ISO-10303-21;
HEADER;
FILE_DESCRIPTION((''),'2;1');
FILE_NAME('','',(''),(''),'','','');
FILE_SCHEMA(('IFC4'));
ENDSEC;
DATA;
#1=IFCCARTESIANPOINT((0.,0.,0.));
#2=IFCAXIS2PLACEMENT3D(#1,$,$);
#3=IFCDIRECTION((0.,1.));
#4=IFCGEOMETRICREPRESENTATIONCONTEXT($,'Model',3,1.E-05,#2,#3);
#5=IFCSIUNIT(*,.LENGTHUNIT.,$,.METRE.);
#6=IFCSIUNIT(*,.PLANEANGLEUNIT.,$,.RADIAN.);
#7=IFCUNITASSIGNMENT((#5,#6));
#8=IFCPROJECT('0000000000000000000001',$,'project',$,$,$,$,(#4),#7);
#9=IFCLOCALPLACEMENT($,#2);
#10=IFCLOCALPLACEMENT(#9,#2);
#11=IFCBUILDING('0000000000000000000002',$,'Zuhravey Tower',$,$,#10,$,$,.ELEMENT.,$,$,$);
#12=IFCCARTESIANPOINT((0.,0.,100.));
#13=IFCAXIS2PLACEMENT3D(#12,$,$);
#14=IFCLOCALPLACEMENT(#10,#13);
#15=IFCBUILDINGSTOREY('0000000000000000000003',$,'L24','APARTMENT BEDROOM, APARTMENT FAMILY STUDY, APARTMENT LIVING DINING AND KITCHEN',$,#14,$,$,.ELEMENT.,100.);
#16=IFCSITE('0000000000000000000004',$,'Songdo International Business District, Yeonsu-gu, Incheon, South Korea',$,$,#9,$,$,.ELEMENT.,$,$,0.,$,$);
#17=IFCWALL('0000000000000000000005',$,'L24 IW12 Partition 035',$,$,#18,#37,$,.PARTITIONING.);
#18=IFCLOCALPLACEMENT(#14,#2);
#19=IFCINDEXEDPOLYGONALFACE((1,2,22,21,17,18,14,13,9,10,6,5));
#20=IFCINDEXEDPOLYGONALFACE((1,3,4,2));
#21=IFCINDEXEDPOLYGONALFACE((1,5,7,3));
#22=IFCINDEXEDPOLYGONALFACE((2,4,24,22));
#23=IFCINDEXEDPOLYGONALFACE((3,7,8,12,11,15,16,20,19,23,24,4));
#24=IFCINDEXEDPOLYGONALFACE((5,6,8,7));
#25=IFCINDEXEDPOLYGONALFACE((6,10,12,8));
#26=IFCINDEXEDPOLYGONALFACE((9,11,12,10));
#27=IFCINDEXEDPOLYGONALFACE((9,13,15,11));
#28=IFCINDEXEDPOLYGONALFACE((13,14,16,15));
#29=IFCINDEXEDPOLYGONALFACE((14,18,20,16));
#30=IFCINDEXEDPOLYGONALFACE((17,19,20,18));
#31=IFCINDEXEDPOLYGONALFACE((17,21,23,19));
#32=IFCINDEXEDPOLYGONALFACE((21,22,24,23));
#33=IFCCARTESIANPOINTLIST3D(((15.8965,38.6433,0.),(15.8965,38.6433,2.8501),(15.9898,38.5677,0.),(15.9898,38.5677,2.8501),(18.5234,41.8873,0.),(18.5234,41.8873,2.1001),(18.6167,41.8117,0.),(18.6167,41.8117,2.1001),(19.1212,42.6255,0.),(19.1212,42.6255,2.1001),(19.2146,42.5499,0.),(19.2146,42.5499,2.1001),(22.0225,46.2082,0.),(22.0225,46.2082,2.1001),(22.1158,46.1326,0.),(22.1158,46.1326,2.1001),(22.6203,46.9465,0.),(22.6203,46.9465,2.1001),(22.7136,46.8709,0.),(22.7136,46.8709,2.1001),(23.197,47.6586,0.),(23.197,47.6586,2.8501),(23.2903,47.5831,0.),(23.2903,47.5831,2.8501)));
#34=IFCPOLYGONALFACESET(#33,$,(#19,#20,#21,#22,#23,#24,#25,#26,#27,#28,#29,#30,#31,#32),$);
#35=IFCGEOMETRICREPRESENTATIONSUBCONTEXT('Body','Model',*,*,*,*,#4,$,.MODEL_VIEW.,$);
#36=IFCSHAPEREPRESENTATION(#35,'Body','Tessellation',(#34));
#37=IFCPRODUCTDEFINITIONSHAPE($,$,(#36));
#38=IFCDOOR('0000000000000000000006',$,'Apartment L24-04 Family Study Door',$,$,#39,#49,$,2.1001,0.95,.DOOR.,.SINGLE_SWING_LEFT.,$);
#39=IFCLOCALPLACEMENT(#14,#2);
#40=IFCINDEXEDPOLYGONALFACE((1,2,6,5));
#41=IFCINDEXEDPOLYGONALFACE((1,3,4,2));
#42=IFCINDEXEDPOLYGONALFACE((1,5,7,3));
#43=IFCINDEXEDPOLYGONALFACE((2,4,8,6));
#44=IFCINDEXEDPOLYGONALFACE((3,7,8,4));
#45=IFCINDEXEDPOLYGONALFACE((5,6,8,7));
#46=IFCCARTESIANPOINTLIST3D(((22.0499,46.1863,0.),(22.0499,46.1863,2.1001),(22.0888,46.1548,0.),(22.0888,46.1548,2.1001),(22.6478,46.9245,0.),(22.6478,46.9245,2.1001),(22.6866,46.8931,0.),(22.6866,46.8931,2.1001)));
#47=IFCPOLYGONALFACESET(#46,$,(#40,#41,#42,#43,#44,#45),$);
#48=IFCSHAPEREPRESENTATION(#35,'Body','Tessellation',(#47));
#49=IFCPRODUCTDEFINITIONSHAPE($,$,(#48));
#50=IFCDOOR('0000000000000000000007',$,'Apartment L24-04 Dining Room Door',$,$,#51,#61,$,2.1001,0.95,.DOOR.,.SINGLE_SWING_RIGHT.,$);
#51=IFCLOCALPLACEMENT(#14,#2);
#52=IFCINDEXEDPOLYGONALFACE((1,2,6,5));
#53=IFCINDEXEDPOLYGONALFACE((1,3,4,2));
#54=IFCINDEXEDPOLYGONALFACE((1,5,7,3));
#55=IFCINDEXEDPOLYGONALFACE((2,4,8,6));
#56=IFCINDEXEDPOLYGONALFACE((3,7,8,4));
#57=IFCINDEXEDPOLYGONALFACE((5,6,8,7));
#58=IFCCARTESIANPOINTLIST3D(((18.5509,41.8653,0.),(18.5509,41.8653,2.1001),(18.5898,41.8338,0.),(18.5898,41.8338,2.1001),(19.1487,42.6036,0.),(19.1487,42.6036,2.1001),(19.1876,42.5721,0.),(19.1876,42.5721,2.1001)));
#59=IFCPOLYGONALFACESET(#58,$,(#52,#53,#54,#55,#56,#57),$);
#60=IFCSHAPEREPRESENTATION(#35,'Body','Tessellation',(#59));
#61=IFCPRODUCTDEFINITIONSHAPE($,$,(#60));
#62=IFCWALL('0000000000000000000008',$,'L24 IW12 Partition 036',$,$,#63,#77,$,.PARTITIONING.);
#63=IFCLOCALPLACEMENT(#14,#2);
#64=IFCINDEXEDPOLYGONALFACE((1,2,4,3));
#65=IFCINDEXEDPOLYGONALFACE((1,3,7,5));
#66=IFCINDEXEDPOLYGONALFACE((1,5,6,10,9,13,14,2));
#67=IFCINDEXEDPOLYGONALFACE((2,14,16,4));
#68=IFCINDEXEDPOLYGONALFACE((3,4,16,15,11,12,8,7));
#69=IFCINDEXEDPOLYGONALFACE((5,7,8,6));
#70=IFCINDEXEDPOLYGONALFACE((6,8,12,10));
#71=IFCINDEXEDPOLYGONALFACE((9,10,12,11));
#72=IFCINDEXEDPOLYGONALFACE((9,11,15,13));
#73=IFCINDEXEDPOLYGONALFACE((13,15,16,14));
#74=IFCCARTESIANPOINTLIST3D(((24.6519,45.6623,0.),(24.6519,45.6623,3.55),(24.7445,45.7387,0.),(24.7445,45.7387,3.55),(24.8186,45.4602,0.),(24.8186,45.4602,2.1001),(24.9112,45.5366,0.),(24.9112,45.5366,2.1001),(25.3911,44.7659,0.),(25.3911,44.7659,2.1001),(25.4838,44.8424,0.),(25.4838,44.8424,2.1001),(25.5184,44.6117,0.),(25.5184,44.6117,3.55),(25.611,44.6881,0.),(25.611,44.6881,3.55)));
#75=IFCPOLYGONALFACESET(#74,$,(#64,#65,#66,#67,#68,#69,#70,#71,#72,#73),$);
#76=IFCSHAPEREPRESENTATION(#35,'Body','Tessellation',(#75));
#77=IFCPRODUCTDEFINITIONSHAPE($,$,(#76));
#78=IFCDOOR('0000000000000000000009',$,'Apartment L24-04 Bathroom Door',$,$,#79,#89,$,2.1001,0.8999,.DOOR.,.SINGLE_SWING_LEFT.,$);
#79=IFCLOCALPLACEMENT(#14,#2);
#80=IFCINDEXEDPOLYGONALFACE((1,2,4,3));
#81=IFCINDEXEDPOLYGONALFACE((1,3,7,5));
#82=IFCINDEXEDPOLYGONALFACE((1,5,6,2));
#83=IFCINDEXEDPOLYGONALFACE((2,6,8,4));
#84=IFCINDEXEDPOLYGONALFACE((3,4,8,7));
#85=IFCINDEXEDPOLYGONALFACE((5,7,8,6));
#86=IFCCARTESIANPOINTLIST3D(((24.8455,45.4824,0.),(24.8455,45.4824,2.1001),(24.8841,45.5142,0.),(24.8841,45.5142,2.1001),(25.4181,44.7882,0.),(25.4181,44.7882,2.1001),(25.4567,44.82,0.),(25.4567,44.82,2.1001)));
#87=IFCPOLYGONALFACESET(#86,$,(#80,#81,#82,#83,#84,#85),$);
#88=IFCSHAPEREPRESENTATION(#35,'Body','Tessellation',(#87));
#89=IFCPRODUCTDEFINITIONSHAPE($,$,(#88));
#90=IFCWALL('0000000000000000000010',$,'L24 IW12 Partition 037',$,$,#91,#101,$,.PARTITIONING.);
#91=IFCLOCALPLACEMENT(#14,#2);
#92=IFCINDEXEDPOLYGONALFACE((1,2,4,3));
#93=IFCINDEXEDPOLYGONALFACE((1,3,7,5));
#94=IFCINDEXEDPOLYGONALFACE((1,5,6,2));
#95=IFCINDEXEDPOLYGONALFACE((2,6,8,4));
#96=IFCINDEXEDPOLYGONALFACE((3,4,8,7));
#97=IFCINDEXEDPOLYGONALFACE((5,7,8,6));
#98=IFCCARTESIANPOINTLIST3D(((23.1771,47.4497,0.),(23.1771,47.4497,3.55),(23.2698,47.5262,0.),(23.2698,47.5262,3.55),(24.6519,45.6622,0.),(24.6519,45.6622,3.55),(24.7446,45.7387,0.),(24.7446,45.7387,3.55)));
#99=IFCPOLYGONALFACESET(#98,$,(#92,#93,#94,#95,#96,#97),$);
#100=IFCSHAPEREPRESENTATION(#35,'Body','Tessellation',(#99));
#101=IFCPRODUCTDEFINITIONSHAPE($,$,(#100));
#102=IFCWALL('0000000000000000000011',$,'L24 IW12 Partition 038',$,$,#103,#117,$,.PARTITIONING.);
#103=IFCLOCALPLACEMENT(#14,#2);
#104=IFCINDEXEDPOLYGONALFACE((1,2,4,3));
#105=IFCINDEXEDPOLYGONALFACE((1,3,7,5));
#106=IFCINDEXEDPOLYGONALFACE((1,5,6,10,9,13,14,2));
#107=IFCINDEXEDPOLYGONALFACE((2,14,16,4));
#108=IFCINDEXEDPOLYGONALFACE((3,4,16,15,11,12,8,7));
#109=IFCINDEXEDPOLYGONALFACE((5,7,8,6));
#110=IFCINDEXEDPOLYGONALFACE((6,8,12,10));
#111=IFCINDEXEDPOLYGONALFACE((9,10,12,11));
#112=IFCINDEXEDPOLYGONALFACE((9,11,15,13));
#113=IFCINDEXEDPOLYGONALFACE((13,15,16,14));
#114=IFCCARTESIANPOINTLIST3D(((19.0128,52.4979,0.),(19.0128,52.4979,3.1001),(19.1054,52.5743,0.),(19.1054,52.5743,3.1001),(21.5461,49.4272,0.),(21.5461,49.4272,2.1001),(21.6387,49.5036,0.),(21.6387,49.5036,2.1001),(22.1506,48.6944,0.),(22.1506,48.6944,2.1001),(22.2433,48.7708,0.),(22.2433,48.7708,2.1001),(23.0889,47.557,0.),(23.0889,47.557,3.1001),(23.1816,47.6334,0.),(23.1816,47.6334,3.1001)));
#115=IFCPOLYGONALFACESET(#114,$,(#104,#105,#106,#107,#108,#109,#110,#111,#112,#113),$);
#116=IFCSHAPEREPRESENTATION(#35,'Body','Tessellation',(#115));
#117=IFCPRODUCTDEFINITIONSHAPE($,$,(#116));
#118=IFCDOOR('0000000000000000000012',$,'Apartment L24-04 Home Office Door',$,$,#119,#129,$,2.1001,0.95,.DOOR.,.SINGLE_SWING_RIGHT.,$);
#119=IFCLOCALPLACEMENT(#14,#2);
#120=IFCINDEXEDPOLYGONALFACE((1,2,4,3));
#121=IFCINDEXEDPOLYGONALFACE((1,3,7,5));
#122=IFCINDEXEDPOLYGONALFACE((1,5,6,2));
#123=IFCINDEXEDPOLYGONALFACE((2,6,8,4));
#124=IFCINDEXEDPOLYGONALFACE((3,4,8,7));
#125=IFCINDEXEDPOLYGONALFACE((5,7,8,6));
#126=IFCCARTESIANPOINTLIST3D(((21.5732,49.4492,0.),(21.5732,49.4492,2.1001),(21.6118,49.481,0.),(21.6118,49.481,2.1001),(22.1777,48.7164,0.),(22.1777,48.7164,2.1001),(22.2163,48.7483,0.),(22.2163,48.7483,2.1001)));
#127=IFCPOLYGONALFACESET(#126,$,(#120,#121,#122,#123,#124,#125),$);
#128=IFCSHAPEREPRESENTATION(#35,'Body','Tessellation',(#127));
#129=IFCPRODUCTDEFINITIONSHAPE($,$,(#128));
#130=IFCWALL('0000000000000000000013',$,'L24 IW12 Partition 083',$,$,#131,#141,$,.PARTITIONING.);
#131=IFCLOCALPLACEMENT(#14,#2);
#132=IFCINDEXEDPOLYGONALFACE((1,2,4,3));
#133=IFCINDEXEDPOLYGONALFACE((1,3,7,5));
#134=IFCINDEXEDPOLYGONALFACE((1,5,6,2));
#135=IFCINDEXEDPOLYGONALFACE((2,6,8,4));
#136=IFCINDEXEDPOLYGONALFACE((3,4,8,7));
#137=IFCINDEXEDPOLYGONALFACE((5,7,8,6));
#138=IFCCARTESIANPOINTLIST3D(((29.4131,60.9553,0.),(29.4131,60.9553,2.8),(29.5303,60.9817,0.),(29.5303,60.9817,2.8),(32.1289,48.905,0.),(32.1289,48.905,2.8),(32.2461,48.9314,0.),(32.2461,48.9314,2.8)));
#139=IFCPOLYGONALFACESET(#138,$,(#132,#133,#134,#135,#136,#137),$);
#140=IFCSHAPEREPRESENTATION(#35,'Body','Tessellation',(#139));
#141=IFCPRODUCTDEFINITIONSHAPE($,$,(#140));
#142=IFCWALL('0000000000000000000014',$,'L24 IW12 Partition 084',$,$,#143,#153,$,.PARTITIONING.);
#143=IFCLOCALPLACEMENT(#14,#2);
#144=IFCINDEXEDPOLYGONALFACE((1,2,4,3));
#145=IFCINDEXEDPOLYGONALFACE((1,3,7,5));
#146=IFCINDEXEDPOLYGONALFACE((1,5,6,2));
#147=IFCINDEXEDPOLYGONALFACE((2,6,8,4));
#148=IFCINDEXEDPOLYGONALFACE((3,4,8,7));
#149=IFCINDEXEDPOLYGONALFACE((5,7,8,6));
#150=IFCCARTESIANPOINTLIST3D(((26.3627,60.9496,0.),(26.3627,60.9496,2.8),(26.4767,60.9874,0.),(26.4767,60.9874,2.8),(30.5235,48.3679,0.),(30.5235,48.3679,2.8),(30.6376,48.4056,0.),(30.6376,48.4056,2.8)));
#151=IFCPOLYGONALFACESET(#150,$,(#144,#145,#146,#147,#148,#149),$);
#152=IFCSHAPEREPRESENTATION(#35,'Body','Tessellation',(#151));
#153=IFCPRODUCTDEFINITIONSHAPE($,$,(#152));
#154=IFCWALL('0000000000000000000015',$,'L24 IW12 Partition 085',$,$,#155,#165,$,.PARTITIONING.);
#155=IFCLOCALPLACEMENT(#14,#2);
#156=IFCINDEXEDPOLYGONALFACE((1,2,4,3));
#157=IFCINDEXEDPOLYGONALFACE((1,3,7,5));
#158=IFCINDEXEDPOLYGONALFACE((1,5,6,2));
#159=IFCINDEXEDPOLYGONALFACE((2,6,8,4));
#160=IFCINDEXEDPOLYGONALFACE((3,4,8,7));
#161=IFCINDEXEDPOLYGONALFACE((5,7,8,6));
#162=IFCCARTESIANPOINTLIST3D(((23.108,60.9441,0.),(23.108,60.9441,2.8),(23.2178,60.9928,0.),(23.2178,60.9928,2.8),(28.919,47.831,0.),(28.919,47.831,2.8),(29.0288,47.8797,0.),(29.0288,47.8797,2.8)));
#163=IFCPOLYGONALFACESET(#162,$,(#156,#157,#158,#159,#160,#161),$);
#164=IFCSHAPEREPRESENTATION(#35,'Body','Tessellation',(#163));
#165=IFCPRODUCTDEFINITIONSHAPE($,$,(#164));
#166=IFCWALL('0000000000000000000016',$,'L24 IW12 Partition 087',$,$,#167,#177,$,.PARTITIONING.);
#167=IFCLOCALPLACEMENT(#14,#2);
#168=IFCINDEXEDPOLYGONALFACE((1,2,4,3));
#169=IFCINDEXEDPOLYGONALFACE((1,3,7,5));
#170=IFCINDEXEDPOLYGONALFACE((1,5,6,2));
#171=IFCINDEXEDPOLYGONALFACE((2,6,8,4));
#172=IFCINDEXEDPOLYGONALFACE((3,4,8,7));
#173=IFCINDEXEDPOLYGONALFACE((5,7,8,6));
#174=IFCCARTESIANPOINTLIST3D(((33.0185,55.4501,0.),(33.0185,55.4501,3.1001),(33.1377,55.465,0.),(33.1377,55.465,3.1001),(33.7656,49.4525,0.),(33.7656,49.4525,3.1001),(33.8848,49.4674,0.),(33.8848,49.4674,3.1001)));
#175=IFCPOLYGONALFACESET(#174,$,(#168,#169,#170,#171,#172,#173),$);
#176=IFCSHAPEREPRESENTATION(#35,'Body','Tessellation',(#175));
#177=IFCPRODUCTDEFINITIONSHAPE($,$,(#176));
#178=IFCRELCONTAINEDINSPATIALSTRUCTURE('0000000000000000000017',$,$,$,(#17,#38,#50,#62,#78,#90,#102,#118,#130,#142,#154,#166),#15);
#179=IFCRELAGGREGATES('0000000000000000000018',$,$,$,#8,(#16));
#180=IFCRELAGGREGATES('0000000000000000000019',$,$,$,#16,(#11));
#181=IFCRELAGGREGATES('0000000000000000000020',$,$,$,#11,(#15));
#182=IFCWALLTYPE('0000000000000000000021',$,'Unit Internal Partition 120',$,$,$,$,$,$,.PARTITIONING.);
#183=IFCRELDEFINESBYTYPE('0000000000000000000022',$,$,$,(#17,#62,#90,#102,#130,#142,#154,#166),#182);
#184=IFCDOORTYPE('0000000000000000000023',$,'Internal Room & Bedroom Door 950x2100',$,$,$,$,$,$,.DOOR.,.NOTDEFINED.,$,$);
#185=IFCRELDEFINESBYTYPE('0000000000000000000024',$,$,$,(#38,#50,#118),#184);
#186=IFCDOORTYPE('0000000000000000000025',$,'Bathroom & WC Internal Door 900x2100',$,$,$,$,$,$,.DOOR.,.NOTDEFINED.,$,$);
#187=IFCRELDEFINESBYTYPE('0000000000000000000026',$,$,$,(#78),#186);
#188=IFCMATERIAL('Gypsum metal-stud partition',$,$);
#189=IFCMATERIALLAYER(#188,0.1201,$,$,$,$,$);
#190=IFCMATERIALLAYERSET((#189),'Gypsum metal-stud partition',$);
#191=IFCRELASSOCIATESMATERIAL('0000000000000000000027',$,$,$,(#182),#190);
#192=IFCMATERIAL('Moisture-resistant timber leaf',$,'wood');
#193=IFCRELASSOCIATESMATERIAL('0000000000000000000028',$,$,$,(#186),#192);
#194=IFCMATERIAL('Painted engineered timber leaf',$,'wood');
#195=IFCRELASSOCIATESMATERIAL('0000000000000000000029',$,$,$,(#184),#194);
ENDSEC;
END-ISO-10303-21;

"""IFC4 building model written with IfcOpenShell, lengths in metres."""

from ifc_helpers import new_model, si_unit, direction, frame, frame_2d, origin, place, context, subcontext, project, spatial, rectangle, extrude, material, layer, layer_set, type_object, element, fill, save


model = new_model("IFC4")

# Units and contexts
model_context = context("Model", 3, precision=1e-05, world=origin(), true_north=direction((0.0, 1.0)))
body_context = subcontext(model_context, "Body", "Model", "MODEL_VIEW")
ifc_project = project(units=[si_unit("LENGTHUNIT", "METRE"), si_unit("PLANEANGLEUNIT", "RADIAN")], contexts=[model_context])

# Site, building, storey
site_placement = place(None, origin())
site = spatial("IfcSite", under=ifc_project, at=site_placement, Name="Songdo International Business District, Yeonsu-gu, Incheon, South Korea", CompositionType="ELEMENT", RefElevation=0.0)
building_placement = place(site_placement, origin())
building = spatial("IfcBuilding", under=site, at=building_placement, Name="Zuhravey Tower", CompositionType="ELEMENT")
storey_placement = place(building_placement, frame((0.0, 0.0, 100.0)))
storey = spatial("IfcBuildingStorey", under=building, at=storey_placement, Name="L24", Description="APARTMENT BEDROOM, APARTMENT FAMILY STUDY, APARTMENT LIVING DINING AND KITCHEN", CompositionType="ELEMENT", Elevation=100.0)

# Wall, openings, doors
ifc_material_1 = material(Name="Gypsum metal-stud partition")
ifc_layer = layer(ifc_material_1, 0.1201)
ifc_layer_set = layer_set([ifc_layer], Name="Gypsum metal-stud partition")
wall_type = type_object("IfcWallType", Name="Unit Internal Partition 120", PredefinedType="PARTITIONING", material=ifc_layer_set)
ifc_material_2 = material(Name="Moisture-resistant timber leaf", Category="wood")
door_type_1 = type_object("IfcDoorType", Name="Bathroom & WC Internal Door 900x2100", OperationType="NOTDEFINED", PredefinedType="DOOR", material=ifc_material_2)
ifc_material_3 = material(Name="Painted engineered timber leaf", Category="wood")
door_type_2 = type_object("IfcDoorType", Name="Internal Room & Bedroom Door 950x2100", OperationType="NOTDEFINED", PredefinedType="DOOR", material=ifc_material_3)
wall_1_placement = place(storey_placement, frame((23.2437, 47.6208, 0.0), z_axis=(0.0, 0.0, 1.0), x_axis=(-0.629322, -0.777145, 0.0)))
wall_1 = element("IfcWall", 1, at=wall_1_placement, inside=storey, type_object=wall_type, Name="L24 IW12 Partition 035", PredefinedType="PARTITIONING", context=body_context, shape_type="SweptSolid", body=[
    extrude(rectangle(XDim=11.6006, YDim=0.1201, at=frame_2d((5.8003, 0.0))), origin(), (0.0, 0.0, 1.0), 2.8501),
])
opening_1_placement = place(wall_1_placement, frame((0.9163, 0.0, 0.0)))
opening_1 = element("IfcOpeningElement", 2, at=opening_1_placement, cuts=wall_1, PredefinedType="OPENING", context=body_context, shape_type="SweptSolid", body=[
    extrude(rectangle(XDim=0.95, YDim=2.1001, at=frame_2d((0.4751, 1.05))), frame((0.0, 0.072, 0.0), z_axis=(0.0, -1.0, 0.0), x_axis=(1.0, 0.0, 0.0)), (0.0, 0.0, 1.0), 0.144),
])
opening_2_placement = place(wall_1_placement, frame((6.4763, 0.0, 0.0)))
opening_2 = element("IfcOpeningElement", 3, at=opening_2_placement, cuts=wall_1, PredefinedType="OPENING", context=body_context, shape_type="SweptSolid", body=[
    extrude(rectangle(XDim=0.95, YDim=2.1001, at=frame_2d((0.4751, 1.05))), frame((0.0, 0.072, 0.0), z_axis=(0.0, -1.0, 0.0), x_axis=(1.0, 0.0, 0.0)), (0.0, 0.0, 1.0), 0.144),
])
door_1_placement = place(opening_1_placement, frame((0.95, 0.0, 0.0), z_axis=(0.0, 0.0, 1.0), x_axis=(-1.0, 0.0, 0.0)))
door_1 = element("IfcDoor", 4, at=door_1_placement, inside=storey, type_object=door_type_2, Name="Apartment L24-04 Family Study Door", OperationType="SINGLE_SWING_LEFT", OverallHeight=2.1001, OverallWidth=0.95, PredefinedType="DOOR", context=body_context, shape_type="SweptSolid", body=[
    extrude(rectangle(XDim=0.95, YDim=2.1001, at=frame_2d((0.4751, 1.05))), frame((0.0, 0.0249, 0.0), z_axis=(0.0, -1.0, 0.0), x_axis=(1.0, 0.0, 0.0)), (0.0, 0.0, 1.0), 0.05),
])
fill(opening_1, door_1)
door_2_placement = place(opening_2_placement, frame((0.95, 0.0, 0.0), z_axis=(0.0, 0.0, 1.0), x_axis=(-1.0, 0.0, 0.0)))
door_2 = element("IfcDoor", 5, at=door_2_placement, inside=storey, type_object=door_type_2, Name="Apartment L24-04 Dining Room Door", OperationType="SINGLE_SWING_RIGHT", OverallHeight=2.1001, OverallWidth=0.95, PredefinedType="DOOR", context=body_context, shape_type="SweptSolid", body=[
    extrude(rectangle(XDim=0.95, YDim=2.1001, at=frame_2d((0.4751, 1.05))), frame((0.0, 0.0249, 0.0), z_axis=(0.0, -1.0, 0.0), x_axis=(1.0, 0.0, 0.0)), (0.0, 0.0, 1.0), 0.05),
])
fill(opening_2, door_2)

# Wall, opening, door
wall_2_placement = place(storey_placement, frame((25.5647, 44.6499, 0.0), z_axis=(0.0, 0.0, 1.0), x_axis=(-0.636279, 0.771459, 0.0)))
wall_2 = element("IfcWall", 6, at=wall_2_placement, inside=storey, type_object=wall_type, Name="L24 IW12 Partition 036", PredefinedType="PARTITIONING", context=body_context, shape_type="SweptSolid", body=[
    extrude(rectangle(XDim=1.3618, YDim=0.1201, at=frame_2d((0.6809, 0.0))), origin(), (0.0, 0.0, 1.0), 3.55),
])
opening_3_placement = place(wall_2_placement, frame((0.2, 0.0, 0.0)))
opening_3 = element("IfcOpeningElement", 7, at=opening_3_placement, cuts=wall_2, PredefinedType="OPENING", context=body_context, shape_type="SweptSolid", body=[
    extrude(rectangle(XDim=0.8999, YDim=2.1001, at=frame_2d((0.45, 1.05))), frame((0.0, 0.072, 0.0), z_axis=(0.0, -1.0, 0.0), x_axis=(1.0, 0.0, 0.0)), (0.0, 0.0, 1.0), 0.144),
])
door_3_placement = place(opening_3_placement, frame((0.8999, 0.0, 0.0), z_axis=(0.0, 0.0, 1.0), x_axis=(-1.0, 0.0, 0.0)))
door_3 = element("IfcDoor", 8, at=door_3_placement, inside=storey, type_object=door_type_1, Name="Apartment L24-04 Bathroom Door", OperationType="SINGLE_SWING_LEFT", OverallHeight=2.1001, OverallWidth=0.8999, PredefinedType="DOOR", context=body_context, shape_type="SweptSolid", body=[
    extrude(rectangle(XDim=0.8999, YDim=2.1001, at=frame_2d((0.45, 1.05))), frame((0.0, 0.0249, 0.0), z_axis=(0.0, -1.0, 0.0), x_axis=(1.0, 0.0, 0.0)), (0.0, 0.0, 1.0), 0.05),
])
fill(opening_3, door_3)

# Wall
wall_3_placement = place(storey_placement, frame((24.6982, 45.7004, 0.0), z_axis=(0.0, 0.0, 1.0), x_axis=(-0.636405, 0.771355, 0.0)))
element("IfcWall", 9, at=wall_3_placement, inside=storey, type_object=wall_type, Name="L24 IW12 Partition 037", PredefinedType="PARTITIONING", context=body_context, shape_type="SweptSolid", body=[
    extrude(rectangle(XDim=2.3174, YDim=0.1201, at=frame_2d((1.1587, 0.0))), origin(), (0.0, 0.0, 1.0), 3.55),
])

# Wall, opening, door
wall_4_placement = place(storey_placement, frame((23.1353, 47.5952, 0.0), z_axis=(0.0, 0.0, 1.0), x_axis=(-0.636375, 0.77138, 0.0)))
wall_4 = element("IfcWall", 10, at=wall_4_placement, inside=storey, type_object=wall_type, Name="L24 IW12 Partition 038", PredefinedType="PARTITIONING", context=body_context, shape_type="SweptSolid", body=[
    extrude(rectangle(XDim=6.4053, YDim=0.1201, at=frame_2d((3.2026, 0.0))), origin(), (0.0, 0.0, 1.0), 3.1001),
])
opening_4_placement = place(wall_4_placement, frame((1.4744, 0.0, 0.0)))
opening_4 = element("IfcOpeningElement", 11, at=opening_4_placement, cuts=wall_4, PredefinedType="OPENING", context=body_context, shape_type="SweptSolid", body=[
    extrude(rectangle(XDim=0.95, YDim=2.1001, at=frame_2d((0.4751, 1.05))), frame((0.0, 0.072, 0.0), z_axis=(0.0, -1.0, 0.0), x_axis=(1.0, 0.0, 0.0)), (0.0, 0.0, 1.0), 0.144),
])
door_4_placement = place(opening_4_placement, frame((0.95, 0.0, 0.0), z_axis=(0.0, 0.0, 1.0), x_axis=(-1.0, 0.0, 0.0)))
door_4 = element("IfcDoor", 12, at=door_4_placement, inside=storey, type_object=door_type_2, Name="Apartment L24-04 Home Office Door", OperationType="SINGLE_SWING_RIGHT", OverallHeight=2.1001, OverallWidth=0.95, PredefinedType="DOOR", context=body_context, shape_type="SweptSolid", body=[
    extrude(rectangle(XDim=0.95, YDim=2.1001, at=frame_2d((0.4751, 1.05))), frame((0.0, 0.0249, 0.0), z_axis=(0.0, -1.0, 0.0), x_axis=(1.0, 0.0, 0.0)), (0.0, 0.0, 1.0), 0.05),
])
fill(opening_4, door_4)

# Walls
wall_5_placement = place(storey_placement, frame((32.1875, 48.9182, 0.0), z_axis=(0.0, 0.0, 1.0), x_axis=(-0.219859, 0.975532, 0.0)))
element("IfcWall", 13, at=wall_5_placement, inside=storey, type_object=wall_type, Name="L24 IW12 Partition 083", PredefinedType="PARTITIONING", context=body_context, shape_type="SweptSolid", body=[
    extrude(rectangle(XDim=12.3525, YDim=0.1201, at=frame_2d((6.1763, 0.0))), origin(), (0.0, 0.0, 1.0), 2.8),
])
wall_6_placement = place(storey_placement, frame((30.5806, 48.3867, 0.0), z_axis=(0.0, 0.0, 1.0), x_axis=(-0.313983, 0.949429, 0.0)))
element("IfcWall", 14, at=wall_6_placement, inside=storey, type_object=wall_type, Name="L24 IW12 Partition 084", PredefinedType="PARTITIONING", context=body_context, shape_type="SweptSolid", body=[
    extrude(rectangle(XDim=13.252, YDim=0.1201, at=frame_2d((6.626, 0.0))), origin(), (0.0, 0.0, 1.0), 2.8),
])
wall_7_placement = place(storey_placement, frame((28.9739, 47.8555, 0.0), z_axis=(0.0, 0.0, 1.0), x_axis=(-0.40515, 0.91425, 0.0)))
element("IfcWall", 15, at=wall_7_placement, inside=storey, type_object=wall_type, Name="L24 IW12 Partition 085", PredefinedType="PARTITIONING", context=body_context, shape_type="SweptSolid", body=[
    extrude(rectangle(XDim=14.343, YDim=0.1201, at=frame_2d((7.1714, 0.0))), origin(), (0.0, 0.0, 1.0), 2.8),
])
wall_8_placement = place(storey_placement, frame((33.8252, 49.46, 0.0), z_axis=(0.0, 0.0, 1.0), x_axis=(-0.123607, 0.992331, 0.0)))
element("IfcWall", 16, at=wall_8_placement, inside=storey, type_object=wall_type, Name="L24 IW12 Partition 087", PredefinedType="PARTITIONING", context=body_context, shape_type="SweptSolid", body=[
    extrude(rectangle(XDim=6.0439, YDim=0.1201, at=frame_2d((3.022, 0.0))), origin(), (0.0, 0.0, 1.0), 3.1001),
])

save(model, "model.ifc")
